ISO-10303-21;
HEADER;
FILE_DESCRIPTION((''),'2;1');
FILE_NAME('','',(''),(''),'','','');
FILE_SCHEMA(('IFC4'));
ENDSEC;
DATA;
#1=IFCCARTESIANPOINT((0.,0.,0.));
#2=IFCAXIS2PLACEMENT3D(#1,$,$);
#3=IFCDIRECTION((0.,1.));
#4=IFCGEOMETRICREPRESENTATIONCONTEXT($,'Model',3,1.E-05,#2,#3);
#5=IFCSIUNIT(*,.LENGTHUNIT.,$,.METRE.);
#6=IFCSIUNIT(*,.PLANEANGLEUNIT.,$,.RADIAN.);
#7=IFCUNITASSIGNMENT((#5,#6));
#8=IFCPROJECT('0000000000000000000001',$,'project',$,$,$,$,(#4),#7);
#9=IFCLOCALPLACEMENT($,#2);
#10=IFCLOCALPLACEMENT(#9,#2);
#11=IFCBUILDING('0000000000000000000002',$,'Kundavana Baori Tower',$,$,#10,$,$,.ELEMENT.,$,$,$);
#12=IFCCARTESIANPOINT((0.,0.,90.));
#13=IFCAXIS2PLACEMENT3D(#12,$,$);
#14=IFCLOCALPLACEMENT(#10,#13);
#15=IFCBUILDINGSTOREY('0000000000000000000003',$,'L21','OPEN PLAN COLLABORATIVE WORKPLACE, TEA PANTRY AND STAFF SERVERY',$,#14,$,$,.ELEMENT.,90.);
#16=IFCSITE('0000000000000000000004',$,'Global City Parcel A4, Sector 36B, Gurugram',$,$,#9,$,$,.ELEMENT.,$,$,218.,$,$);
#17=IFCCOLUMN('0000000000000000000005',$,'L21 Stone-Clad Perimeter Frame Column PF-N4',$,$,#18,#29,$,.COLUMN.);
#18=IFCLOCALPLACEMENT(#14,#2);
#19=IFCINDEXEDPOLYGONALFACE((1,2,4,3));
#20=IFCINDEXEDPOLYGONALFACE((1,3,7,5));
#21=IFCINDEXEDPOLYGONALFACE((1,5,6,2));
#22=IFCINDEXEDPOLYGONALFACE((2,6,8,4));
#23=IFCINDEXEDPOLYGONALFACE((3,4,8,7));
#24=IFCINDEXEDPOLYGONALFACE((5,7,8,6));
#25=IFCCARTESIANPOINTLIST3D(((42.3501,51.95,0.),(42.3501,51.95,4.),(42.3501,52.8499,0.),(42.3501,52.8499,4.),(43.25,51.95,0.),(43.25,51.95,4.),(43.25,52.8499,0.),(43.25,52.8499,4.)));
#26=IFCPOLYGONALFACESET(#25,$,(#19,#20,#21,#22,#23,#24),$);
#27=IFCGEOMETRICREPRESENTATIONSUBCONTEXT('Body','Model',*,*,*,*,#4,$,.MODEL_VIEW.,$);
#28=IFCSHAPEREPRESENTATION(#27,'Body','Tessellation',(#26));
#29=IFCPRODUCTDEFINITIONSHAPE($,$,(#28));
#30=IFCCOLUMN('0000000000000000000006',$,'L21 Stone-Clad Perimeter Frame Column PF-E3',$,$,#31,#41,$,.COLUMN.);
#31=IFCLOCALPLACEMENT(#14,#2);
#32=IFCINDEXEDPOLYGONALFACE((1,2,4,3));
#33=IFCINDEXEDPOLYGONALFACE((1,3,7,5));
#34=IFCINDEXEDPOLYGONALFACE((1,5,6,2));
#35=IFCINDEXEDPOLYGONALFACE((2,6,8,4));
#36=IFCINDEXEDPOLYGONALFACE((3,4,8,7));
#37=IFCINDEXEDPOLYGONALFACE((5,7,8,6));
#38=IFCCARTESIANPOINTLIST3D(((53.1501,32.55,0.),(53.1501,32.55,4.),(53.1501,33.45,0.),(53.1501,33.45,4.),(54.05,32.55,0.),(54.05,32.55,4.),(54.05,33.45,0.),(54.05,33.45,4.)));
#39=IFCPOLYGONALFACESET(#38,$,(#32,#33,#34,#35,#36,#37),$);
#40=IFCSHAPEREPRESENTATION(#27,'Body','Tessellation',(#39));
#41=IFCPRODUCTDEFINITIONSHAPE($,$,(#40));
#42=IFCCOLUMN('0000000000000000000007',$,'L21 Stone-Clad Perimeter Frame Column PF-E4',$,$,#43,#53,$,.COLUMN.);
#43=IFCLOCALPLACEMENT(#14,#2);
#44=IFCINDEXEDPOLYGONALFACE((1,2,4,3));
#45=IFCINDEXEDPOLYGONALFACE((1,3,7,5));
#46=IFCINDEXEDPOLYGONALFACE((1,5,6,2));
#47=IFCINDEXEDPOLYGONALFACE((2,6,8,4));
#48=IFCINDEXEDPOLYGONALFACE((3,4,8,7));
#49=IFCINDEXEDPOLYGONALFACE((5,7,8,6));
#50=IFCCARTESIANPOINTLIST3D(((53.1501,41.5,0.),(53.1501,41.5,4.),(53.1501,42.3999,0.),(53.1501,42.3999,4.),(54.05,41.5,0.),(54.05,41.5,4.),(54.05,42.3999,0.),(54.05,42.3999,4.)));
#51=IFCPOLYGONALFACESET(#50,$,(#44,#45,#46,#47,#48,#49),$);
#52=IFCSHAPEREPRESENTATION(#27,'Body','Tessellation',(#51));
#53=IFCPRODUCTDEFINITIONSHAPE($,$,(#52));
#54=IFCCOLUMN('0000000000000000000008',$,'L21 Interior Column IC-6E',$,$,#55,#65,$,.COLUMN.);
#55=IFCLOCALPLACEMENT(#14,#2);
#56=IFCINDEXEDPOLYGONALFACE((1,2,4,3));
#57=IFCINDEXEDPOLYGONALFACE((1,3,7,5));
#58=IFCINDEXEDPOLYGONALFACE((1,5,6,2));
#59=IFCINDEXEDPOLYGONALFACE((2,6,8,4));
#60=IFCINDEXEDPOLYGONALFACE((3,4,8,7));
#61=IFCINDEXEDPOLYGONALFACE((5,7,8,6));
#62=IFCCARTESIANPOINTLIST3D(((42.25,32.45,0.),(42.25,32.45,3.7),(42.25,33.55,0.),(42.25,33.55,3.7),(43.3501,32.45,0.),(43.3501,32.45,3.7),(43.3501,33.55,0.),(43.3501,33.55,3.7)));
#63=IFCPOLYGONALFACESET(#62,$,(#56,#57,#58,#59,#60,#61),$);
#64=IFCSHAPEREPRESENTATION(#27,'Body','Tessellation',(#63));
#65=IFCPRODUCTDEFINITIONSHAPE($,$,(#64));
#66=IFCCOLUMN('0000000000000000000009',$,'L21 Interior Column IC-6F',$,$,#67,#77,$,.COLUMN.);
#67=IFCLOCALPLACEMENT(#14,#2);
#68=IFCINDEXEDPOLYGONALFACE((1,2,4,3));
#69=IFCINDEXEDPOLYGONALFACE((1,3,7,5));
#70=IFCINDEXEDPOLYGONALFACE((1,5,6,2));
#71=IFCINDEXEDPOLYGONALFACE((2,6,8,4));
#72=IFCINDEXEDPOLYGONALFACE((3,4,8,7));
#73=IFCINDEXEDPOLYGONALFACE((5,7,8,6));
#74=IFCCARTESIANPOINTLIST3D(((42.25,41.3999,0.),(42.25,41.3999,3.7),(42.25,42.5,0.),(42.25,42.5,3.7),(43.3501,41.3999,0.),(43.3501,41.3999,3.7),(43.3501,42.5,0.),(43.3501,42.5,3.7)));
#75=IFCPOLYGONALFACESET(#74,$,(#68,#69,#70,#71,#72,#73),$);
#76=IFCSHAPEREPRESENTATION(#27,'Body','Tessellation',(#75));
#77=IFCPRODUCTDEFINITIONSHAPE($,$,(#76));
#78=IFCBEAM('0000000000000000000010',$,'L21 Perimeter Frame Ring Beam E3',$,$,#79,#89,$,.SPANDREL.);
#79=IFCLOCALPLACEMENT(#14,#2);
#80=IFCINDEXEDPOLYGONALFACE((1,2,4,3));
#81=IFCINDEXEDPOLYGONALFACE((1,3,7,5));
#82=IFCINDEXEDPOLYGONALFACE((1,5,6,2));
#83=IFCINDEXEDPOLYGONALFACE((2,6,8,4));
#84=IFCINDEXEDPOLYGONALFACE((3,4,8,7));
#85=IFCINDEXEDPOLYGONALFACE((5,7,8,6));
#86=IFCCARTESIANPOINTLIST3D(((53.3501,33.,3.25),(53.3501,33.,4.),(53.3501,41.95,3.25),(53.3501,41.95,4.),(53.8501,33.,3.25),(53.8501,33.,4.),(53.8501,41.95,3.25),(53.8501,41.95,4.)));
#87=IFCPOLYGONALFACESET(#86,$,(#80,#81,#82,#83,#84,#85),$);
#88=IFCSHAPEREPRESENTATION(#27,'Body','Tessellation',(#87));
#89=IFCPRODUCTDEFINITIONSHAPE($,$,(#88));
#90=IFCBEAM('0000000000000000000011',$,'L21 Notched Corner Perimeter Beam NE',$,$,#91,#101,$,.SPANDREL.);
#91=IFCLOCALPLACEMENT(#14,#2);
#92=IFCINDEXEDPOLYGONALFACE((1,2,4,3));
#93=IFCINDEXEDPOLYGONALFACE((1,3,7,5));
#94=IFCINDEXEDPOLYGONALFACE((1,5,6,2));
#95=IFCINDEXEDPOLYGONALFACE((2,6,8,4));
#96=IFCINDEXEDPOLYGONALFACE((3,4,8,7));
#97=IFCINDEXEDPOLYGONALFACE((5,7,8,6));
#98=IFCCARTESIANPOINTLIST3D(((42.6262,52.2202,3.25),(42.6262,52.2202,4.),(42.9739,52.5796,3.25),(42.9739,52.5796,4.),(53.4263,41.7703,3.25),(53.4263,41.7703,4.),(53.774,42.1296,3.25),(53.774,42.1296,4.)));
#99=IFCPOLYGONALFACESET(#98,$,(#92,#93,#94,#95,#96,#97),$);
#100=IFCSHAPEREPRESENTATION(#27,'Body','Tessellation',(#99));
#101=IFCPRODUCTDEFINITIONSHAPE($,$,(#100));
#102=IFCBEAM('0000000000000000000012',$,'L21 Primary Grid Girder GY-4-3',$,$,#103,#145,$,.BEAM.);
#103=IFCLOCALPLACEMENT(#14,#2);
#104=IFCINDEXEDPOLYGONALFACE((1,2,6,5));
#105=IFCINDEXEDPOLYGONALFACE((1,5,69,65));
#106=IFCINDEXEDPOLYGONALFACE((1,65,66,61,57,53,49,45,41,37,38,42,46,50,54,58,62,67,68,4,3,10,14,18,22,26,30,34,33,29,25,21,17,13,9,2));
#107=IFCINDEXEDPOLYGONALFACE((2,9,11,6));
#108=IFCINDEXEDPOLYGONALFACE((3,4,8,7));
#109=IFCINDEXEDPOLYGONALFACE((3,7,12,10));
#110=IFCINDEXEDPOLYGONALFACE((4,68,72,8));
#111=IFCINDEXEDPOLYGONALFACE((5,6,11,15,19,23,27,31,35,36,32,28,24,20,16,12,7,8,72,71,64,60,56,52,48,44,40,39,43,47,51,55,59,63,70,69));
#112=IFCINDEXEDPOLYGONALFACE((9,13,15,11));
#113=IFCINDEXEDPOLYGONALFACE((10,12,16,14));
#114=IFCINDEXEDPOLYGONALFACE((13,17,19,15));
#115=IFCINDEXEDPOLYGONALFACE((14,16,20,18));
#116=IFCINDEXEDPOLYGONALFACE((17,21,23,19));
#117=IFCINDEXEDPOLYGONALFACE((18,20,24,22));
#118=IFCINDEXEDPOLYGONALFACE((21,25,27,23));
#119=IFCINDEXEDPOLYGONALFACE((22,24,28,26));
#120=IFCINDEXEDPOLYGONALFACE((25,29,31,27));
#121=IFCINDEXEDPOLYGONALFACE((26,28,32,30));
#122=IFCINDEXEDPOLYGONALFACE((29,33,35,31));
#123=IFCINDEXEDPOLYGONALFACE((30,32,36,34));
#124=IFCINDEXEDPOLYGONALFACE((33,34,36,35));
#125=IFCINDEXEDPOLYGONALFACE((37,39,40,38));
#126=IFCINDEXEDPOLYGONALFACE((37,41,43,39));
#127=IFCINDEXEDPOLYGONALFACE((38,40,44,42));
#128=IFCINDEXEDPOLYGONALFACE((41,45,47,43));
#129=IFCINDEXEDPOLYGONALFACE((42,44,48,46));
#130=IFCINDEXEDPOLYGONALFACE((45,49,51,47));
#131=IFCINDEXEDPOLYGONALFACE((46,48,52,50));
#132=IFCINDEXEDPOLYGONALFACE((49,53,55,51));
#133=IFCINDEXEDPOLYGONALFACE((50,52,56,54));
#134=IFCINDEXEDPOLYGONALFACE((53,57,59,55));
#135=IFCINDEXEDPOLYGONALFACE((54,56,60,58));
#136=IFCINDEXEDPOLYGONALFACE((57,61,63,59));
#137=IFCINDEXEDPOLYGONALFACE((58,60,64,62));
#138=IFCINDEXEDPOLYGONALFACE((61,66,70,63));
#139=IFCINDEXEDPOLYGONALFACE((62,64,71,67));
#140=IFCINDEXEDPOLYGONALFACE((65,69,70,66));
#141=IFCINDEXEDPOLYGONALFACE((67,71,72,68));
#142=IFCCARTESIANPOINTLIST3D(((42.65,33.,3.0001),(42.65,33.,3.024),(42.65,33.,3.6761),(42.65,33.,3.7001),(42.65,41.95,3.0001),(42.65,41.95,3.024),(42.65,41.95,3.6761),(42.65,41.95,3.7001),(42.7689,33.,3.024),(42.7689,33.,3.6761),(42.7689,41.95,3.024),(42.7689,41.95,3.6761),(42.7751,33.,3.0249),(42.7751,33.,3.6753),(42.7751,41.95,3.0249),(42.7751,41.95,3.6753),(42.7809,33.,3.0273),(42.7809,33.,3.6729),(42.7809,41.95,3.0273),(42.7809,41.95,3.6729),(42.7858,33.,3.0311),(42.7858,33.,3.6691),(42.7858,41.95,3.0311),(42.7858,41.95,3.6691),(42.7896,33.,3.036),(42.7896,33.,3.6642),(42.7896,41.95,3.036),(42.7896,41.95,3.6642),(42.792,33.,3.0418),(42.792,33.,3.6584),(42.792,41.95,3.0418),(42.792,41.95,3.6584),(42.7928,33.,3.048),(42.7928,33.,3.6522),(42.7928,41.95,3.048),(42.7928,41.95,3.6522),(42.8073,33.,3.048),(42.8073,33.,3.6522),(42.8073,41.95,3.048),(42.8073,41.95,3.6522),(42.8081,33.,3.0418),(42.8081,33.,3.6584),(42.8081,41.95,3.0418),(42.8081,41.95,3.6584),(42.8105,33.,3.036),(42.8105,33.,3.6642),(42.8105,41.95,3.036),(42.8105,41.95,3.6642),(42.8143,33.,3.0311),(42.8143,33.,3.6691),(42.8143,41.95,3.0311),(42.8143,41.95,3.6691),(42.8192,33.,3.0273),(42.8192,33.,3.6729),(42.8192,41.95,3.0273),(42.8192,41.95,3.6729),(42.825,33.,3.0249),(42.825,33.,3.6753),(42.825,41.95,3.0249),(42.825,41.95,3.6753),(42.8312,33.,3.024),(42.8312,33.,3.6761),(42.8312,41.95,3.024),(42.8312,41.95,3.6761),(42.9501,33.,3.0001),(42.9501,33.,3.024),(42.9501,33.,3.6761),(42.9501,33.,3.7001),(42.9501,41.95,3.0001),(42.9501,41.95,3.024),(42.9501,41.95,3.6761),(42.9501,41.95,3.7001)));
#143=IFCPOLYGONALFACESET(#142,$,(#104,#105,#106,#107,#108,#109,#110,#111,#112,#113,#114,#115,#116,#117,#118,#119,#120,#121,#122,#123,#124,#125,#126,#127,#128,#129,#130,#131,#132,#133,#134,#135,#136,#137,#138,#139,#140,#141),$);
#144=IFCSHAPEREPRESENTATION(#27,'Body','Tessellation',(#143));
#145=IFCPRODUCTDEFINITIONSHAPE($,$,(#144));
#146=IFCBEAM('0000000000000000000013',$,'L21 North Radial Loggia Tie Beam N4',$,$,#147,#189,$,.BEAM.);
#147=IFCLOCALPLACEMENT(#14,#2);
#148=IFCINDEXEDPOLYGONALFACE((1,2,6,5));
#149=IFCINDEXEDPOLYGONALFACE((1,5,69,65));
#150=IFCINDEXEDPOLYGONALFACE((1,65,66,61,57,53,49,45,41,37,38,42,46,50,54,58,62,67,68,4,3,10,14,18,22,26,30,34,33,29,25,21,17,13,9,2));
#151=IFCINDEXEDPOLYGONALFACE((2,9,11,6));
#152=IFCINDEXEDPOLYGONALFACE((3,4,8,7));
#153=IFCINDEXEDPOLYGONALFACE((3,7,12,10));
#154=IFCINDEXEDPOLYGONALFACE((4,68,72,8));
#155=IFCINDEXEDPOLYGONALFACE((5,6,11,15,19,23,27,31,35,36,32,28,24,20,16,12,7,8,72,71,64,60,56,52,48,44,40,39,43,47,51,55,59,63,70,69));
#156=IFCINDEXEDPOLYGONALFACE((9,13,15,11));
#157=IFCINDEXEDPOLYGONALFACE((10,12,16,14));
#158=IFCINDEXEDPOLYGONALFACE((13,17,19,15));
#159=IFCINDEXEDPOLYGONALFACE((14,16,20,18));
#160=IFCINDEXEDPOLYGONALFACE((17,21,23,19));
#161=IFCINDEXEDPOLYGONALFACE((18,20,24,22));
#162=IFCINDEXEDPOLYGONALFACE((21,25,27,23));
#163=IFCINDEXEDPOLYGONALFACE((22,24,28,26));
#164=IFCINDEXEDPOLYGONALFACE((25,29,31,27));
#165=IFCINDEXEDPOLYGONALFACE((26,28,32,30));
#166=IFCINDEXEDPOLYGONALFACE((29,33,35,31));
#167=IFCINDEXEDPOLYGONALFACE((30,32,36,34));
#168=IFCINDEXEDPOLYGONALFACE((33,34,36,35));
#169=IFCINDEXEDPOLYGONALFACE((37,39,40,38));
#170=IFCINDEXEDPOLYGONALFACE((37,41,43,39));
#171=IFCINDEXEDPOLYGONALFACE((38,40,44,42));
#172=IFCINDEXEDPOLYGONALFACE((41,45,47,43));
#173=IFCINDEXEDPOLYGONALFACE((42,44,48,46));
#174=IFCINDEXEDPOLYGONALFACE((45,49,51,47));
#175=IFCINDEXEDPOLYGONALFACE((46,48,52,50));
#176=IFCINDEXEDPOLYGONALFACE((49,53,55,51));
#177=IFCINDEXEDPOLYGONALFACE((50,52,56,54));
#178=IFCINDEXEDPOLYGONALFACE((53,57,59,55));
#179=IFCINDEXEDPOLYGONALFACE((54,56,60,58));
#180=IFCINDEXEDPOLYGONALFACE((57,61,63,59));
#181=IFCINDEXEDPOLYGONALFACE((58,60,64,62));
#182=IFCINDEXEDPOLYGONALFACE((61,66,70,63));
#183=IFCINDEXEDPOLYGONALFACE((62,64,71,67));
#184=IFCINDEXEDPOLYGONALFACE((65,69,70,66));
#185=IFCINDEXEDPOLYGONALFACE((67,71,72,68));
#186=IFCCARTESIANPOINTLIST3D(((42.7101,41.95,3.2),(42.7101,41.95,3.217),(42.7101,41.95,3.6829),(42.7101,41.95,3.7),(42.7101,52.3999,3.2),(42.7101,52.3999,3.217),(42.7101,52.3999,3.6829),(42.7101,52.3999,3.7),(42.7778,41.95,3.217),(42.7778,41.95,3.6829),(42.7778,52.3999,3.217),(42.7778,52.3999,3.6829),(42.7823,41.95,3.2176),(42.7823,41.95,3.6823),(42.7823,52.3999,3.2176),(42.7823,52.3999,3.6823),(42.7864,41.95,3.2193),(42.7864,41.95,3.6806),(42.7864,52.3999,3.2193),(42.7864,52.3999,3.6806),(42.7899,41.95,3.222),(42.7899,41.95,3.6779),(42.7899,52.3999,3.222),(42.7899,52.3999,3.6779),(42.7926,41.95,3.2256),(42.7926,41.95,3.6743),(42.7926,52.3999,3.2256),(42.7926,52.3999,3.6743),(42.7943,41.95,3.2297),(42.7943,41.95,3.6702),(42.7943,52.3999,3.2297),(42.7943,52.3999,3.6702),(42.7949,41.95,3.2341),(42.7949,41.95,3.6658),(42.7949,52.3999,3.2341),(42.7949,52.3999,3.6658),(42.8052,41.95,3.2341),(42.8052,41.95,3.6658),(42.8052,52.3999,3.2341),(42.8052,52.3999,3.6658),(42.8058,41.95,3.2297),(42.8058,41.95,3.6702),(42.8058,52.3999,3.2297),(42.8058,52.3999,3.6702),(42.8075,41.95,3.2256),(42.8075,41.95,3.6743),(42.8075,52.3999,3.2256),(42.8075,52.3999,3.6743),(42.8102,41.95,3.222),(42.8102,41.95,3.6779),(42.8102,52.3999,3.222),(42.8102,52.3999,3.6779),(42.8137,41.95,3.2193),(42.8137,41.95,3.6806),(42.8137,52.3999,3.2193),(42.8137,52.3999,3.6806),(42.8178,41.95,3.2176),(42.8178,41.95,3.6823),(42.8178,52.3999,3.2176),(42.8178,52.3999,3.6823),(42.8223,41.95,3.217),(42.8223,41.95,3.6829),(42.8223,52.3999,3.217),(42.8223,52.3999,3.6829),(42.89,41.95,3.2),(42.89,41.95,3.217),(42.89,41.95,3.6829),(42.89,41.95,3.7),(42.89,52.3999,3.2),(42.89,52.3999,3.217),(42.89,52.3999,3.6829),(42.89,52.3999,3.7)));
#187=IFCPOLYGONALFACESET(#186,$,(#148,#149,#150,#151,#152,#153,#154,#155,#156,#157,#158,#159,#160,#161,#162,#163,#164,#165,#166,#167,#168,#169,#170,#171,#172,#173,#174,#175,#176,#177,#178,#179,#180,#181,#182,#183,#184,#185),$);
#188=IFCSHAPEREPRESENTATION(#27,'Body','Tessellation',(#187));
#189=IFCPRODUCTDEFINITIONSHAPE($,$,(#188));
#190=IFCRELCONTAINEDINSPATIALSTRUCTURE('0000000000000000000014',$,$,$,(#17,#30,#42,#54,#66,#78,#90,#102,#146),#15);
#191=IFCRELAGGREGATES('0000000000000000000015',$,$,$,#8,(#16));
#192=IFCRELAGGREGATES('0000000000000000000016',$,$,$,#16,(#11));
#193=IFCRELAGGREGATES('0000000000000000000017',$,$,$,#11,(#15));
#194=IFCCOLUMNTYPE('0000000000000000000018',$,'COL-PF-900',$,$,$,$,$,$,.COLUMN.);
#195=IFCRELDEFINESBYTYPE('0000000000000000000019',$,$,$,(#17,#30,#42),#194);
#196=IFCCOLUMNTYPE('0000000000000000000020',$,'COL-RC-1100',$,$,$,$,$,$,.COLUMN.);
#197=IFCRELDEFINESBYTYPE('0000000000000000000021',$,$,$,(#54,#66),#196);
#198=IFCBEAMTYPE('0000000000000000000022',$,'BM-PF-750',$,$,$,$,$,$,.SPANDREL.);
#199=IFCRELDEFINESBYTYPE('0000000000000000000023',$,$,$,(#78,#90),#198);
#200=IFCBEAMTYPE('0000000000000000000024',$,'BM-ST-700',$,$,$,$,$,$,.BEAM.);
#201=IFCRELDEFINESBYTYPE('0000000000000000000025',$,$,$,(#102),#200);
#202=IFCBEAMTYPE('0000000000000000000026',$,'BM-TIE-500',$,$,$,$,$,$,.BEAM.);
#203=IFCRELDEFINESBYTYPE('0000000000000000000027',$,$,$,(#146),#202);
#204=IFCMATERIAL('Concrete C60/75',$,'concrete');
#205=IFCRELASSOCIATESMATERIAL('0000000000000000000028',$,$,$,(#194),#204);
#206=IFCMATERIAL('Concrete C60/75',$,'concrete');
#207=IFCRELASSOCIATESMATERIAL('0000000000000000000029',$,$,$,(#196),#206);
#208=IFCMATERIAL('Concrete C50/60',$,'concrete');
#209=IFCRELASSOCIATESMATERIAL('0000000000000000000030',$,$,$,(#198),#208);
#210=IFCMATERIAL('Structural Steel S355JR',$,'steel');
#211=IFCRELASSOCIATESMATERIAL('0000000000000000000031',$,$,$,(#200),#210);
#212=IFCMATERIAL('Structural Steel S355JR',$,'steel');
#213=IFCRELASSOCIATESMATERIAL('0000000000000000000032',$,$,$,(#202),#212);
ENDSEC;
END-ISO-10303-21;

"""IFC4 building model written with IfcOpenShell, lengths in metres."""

from ifc_helpers import new_model, si_unit, direction, frame, origin, origin_2d, place, context, subcontext, project, spatial, rectangle, i_section, extrude, material, material_profile, profile_set, type_object, element, save


model = new_model("IFC4")

# Units and contexts
model_context = context("Model", 3, precision=1e-05, world=origin(), true_north=direction((0.0, 1.0)))
body_context = subcontext(model_context, "Body", "Model", "MODEL_VIEW")
ifc_project = project(units=[si_unit("LENGTHUNIT", "METRE"), si_unit("PLANEANGLEUNIT", "RADIAN")], contexts=[model_context])

# Site, building, storey
site_placement = place(None, origin())
site = spatial("IfcSite", under=ifc_project, at=site_placement, Name="Global City Parcel A4, Sector 36B, Gurugram", CompositionType="ELEMENT", RefElevation=218.0)
building_placement = place(site_placement, origin())
building = spatial("IfcBuilding", under=site, at=building_placement, Name="Kundavana Baori Tower", CompositionType="ELEMENT")
storey_placement = place(building_placement, frame((0.0, 0.0, 90.0)))
storey = spatial("IfcBuildingStorey", under=building, at=storey_placement, Name="L21", Description="OPEN PLAN COLLABORATIVE WORKPLACE, TEA PANTRY AND STAFF SERVERY", CompositionType="ELEMENT", Elevation=90.0)

# Columns
ifc_material_1 = material(Name="Concrete C60/75", Category="concrete")
ifc_material_profile_1 = material_profile(ifc_material_1, rectangle(XDim=0.8999, YDim=0.8999, at=origin_2d()), Name="RC PF 900x900")
ifc_profile_set_1 = profile_set([ifc_material_profile_1], Name="Concrete C60/75")
column_type_1 = type_object("IfcColumnType", Name="COL-PF-900", PredefinedType="COLUMN", material=ifc_profile_set_1)
for number, where, z_axis, x_axis, name in (
    (1, (42.8, 52.3999, 0.0), (0.0, 0.0, 1.0), (1.0, 0.0, 0.0), "L21 Stone-Clad Perimeter Frame Column PF-N4"),
    (2, (53.6001, 33.0, 0.0), (0.0, 0.0, 1.0), (1.0, 0.0, 0.0), "L21 Stone-Clad Perimeter Frame Column PF-E3"),
    (3, (53.6001, 41.95, 0.0), (0.0, 0.0, 1.0), (1.0, 0.0, 0.0), "L21 Stone-Clad Perimeter Frame Column PF-E4"),
):
    element("IfcColumn", number, at=place(storey_placement, frame(where, z_axis=z_axis, x_axis=x_axis)), inside=storey, type_object=column_type_1, Name=name, PredefinedType="COLUMN", context=body_context, shape_type="SweptSolid", body=[
        extrude(rectangle(XDim=0.8999, YDim=0.8999, at=origin_2d()), origin(), (0.0, 0.0, 1.0), 4.0),
    ])
ifc_material_2 = material(Name="Concrete C60/75", Category="concrete")
ifc_material_profile_2 = material_profile(ifc_material_2, rectangle(XDim=1.1001, YDim=1.1001, at=origin_2d()), Name="RC 1100x1100")
ifc_profile_set_2 = profile_set([ifc_material_profile_2], Name="Concrete C60/75")
column_type_2 = type_object("IfcColumnType", Name="COL-RC-1100", PredefinedType="COLUMN", material=ifc_profile_set_2)
for number, where, z_axis, x_axis, name in (
    (4, (42.8, 33.0, 0.0), (0.0, 0.0, 1.0), (1.0, 0.0, 0.0), "L21 Interior Column IC-6E"),
    (5, (42.8, 41.95, 0.0), (0.0, 0.0, 1.0), (1.0, 0.0, 0.0), "L21 Interior Column IC-6F"),
):
    element("IfcColumn", number, at=place(storey_placement, frame(where, z_axis=z_axis, x_axis=x_axis)), inside=storey, type_object=column_type_2, Name=name, PredefinedType="COLUMN", context=body_context, shape_type="SweptSolid", body=[
        extrude(rectangle(XDim=1.1001, YDim=1.1001, at=origin_2d()), origin(), (0.0, 0.0, 1.0), 3.7),
    ])

# Beams
ifc_material_3 = material(Name="Concrete C50/60", Category="concrete")
ifc_material_profile_3 = material_profile(ifc_material_3, rectangle(XDim=0.5, YDim=0.75, at=origin_2d()), Name="RC BM 500x750")
ifc_profile_set_3 = profile_set([ifc_material_profile_3], Name="Concrete C50/60")
beam_type_1 = type_object("IfcBeamType", Name="BM-PF-750", PredefinedType="SPANDREL", material=ifc_profile_set_3)
beam_1_placement = place(storey_placement, frame((53.6001, 33.0, 3.625), z_axis=(0.0, 1.0, 0.0), x_axis=(-1.0, 0.0, 0.0)))
element("IfcBeam", 6, at=beam_1_placement, inside=storey, type_object=beam_type_1, Name="L21 Perimeter Frame Ring Beam E3", PredefinedType="SPANDREL", context=body_context, shape_type="SweptSolid", body=[
    extrude(rectangle(XDim=0.5, YDim=0.75, at=origin_2d()), origin(), (0.0, 0.0, 1.0), 8.95),
])
beam_2_placement = place(storey_placement, frame((42.8, 52.3999, 3.625), z_axis=(0.718659, -0.695363, 0.0), x_axis=(0.695363, 0.718659, 0.0)))
element("IfcBeam", 7, at=beam_2_placement, inside=storey, type_object=beam_type_1, Name="L21 Notched Corner Perimeter Beam NE", PredefinedType="SPANDREL", context=body_context, shape_type="SweptSolid", body=[
    extrude(rectangle(XDim=0.5, YDim=0.75, at=origin_2d()), origin(), (0.0, 0.0, 1.0), 15.0281),
])
ifc_material_4 = material(Name="Structural Steel S355JR", Category="steel")
ifc_material_profile_4 = material_profile(ifc_material_4, i_section(OverallWidth=0.3, OverallDepth=0.7, WebThickness=0.0144, FlangeThickness=0.0239, FilletRadius=0.0239, at=origin_2d()), Name="NPB 700x300x170")
ifc_profile_set_4 = profile_set([ifc_material_profile_4], Name="Structural Steel S355JR")
beam_type_2 = type_object("IfcBeamType", Name="BM-ST-700", PredefinedType="BEAM", material=ifc_profile_set_4)
beam_3_placement = place(storey_placement, frame((42.8, 33.0, 3.3501), z_axis=(0.0, 1.0, 0.0), x_axis=(-1.0, 0.0, 0.0)))
element("IfcBeam", 8, at=beam_3_placement, inside=storey, type_object=beam_type_2, Name="L21 Primary Grid Girder GY-4-3", PredefinedType="BEAM", context=body_context, shape_type="SweptSolid", body=[
    extrude(i_section(OverallWidth=0.3, OverallDepth=0.7, WebThickness=0.0144, FlangeThickness=0.0239, FilletRadius=0.0239, at=origin_2d()), origin(), (0.0, 0.0, 1.0), 8.95),
])
ifc_material_5 = material(Name="Structural Steel S355JR", Category="steel")
ifc_material_profile_5 = material_profile(ifc_material_5, i_section(OverallWidth=0.1799, OverallDepth=0.5, WebThickness=0.0103, FlangeThickness=0.0171, FilletRadius=0.0171, at=origin_2d()), Name="ISMB 500")
ifc_profile_set_5 = profile_set([ifc_material_profile_5], Name="Structural Steel S355JR")
beam_type_3 = type_object("IfcBeamType", Name="BM-TIE-500", PredefinedType="BEAM", material=ifc_profile_set_5)
beam_4_placement = place(storey_placement, frame((42.8, 41.95, 3.45), z_axis=(0.0, 1.0, 0.0), x_axis=(-1.0, 0.0, 0.0)))
element("IfcBeam", 9, at=beam_4_placement, inside=storey, type_object=beam_type_3, Name="L21 North Radial Loggia Tie Beam N4", PredefinedType="BEAM", context=body_context, shape_type="SweptSolid", body=[
    extrude(i_section(OverallWidth=0.1799, OverallDepth=0.5, WebThickness=0.0103, FlangeThickness=0.0171, FilletRadius=0.0171, at=origin_2d()), origin(), (0.0, 0.0, 1.0), 10.45),
])

save(model, "model.ifc")
